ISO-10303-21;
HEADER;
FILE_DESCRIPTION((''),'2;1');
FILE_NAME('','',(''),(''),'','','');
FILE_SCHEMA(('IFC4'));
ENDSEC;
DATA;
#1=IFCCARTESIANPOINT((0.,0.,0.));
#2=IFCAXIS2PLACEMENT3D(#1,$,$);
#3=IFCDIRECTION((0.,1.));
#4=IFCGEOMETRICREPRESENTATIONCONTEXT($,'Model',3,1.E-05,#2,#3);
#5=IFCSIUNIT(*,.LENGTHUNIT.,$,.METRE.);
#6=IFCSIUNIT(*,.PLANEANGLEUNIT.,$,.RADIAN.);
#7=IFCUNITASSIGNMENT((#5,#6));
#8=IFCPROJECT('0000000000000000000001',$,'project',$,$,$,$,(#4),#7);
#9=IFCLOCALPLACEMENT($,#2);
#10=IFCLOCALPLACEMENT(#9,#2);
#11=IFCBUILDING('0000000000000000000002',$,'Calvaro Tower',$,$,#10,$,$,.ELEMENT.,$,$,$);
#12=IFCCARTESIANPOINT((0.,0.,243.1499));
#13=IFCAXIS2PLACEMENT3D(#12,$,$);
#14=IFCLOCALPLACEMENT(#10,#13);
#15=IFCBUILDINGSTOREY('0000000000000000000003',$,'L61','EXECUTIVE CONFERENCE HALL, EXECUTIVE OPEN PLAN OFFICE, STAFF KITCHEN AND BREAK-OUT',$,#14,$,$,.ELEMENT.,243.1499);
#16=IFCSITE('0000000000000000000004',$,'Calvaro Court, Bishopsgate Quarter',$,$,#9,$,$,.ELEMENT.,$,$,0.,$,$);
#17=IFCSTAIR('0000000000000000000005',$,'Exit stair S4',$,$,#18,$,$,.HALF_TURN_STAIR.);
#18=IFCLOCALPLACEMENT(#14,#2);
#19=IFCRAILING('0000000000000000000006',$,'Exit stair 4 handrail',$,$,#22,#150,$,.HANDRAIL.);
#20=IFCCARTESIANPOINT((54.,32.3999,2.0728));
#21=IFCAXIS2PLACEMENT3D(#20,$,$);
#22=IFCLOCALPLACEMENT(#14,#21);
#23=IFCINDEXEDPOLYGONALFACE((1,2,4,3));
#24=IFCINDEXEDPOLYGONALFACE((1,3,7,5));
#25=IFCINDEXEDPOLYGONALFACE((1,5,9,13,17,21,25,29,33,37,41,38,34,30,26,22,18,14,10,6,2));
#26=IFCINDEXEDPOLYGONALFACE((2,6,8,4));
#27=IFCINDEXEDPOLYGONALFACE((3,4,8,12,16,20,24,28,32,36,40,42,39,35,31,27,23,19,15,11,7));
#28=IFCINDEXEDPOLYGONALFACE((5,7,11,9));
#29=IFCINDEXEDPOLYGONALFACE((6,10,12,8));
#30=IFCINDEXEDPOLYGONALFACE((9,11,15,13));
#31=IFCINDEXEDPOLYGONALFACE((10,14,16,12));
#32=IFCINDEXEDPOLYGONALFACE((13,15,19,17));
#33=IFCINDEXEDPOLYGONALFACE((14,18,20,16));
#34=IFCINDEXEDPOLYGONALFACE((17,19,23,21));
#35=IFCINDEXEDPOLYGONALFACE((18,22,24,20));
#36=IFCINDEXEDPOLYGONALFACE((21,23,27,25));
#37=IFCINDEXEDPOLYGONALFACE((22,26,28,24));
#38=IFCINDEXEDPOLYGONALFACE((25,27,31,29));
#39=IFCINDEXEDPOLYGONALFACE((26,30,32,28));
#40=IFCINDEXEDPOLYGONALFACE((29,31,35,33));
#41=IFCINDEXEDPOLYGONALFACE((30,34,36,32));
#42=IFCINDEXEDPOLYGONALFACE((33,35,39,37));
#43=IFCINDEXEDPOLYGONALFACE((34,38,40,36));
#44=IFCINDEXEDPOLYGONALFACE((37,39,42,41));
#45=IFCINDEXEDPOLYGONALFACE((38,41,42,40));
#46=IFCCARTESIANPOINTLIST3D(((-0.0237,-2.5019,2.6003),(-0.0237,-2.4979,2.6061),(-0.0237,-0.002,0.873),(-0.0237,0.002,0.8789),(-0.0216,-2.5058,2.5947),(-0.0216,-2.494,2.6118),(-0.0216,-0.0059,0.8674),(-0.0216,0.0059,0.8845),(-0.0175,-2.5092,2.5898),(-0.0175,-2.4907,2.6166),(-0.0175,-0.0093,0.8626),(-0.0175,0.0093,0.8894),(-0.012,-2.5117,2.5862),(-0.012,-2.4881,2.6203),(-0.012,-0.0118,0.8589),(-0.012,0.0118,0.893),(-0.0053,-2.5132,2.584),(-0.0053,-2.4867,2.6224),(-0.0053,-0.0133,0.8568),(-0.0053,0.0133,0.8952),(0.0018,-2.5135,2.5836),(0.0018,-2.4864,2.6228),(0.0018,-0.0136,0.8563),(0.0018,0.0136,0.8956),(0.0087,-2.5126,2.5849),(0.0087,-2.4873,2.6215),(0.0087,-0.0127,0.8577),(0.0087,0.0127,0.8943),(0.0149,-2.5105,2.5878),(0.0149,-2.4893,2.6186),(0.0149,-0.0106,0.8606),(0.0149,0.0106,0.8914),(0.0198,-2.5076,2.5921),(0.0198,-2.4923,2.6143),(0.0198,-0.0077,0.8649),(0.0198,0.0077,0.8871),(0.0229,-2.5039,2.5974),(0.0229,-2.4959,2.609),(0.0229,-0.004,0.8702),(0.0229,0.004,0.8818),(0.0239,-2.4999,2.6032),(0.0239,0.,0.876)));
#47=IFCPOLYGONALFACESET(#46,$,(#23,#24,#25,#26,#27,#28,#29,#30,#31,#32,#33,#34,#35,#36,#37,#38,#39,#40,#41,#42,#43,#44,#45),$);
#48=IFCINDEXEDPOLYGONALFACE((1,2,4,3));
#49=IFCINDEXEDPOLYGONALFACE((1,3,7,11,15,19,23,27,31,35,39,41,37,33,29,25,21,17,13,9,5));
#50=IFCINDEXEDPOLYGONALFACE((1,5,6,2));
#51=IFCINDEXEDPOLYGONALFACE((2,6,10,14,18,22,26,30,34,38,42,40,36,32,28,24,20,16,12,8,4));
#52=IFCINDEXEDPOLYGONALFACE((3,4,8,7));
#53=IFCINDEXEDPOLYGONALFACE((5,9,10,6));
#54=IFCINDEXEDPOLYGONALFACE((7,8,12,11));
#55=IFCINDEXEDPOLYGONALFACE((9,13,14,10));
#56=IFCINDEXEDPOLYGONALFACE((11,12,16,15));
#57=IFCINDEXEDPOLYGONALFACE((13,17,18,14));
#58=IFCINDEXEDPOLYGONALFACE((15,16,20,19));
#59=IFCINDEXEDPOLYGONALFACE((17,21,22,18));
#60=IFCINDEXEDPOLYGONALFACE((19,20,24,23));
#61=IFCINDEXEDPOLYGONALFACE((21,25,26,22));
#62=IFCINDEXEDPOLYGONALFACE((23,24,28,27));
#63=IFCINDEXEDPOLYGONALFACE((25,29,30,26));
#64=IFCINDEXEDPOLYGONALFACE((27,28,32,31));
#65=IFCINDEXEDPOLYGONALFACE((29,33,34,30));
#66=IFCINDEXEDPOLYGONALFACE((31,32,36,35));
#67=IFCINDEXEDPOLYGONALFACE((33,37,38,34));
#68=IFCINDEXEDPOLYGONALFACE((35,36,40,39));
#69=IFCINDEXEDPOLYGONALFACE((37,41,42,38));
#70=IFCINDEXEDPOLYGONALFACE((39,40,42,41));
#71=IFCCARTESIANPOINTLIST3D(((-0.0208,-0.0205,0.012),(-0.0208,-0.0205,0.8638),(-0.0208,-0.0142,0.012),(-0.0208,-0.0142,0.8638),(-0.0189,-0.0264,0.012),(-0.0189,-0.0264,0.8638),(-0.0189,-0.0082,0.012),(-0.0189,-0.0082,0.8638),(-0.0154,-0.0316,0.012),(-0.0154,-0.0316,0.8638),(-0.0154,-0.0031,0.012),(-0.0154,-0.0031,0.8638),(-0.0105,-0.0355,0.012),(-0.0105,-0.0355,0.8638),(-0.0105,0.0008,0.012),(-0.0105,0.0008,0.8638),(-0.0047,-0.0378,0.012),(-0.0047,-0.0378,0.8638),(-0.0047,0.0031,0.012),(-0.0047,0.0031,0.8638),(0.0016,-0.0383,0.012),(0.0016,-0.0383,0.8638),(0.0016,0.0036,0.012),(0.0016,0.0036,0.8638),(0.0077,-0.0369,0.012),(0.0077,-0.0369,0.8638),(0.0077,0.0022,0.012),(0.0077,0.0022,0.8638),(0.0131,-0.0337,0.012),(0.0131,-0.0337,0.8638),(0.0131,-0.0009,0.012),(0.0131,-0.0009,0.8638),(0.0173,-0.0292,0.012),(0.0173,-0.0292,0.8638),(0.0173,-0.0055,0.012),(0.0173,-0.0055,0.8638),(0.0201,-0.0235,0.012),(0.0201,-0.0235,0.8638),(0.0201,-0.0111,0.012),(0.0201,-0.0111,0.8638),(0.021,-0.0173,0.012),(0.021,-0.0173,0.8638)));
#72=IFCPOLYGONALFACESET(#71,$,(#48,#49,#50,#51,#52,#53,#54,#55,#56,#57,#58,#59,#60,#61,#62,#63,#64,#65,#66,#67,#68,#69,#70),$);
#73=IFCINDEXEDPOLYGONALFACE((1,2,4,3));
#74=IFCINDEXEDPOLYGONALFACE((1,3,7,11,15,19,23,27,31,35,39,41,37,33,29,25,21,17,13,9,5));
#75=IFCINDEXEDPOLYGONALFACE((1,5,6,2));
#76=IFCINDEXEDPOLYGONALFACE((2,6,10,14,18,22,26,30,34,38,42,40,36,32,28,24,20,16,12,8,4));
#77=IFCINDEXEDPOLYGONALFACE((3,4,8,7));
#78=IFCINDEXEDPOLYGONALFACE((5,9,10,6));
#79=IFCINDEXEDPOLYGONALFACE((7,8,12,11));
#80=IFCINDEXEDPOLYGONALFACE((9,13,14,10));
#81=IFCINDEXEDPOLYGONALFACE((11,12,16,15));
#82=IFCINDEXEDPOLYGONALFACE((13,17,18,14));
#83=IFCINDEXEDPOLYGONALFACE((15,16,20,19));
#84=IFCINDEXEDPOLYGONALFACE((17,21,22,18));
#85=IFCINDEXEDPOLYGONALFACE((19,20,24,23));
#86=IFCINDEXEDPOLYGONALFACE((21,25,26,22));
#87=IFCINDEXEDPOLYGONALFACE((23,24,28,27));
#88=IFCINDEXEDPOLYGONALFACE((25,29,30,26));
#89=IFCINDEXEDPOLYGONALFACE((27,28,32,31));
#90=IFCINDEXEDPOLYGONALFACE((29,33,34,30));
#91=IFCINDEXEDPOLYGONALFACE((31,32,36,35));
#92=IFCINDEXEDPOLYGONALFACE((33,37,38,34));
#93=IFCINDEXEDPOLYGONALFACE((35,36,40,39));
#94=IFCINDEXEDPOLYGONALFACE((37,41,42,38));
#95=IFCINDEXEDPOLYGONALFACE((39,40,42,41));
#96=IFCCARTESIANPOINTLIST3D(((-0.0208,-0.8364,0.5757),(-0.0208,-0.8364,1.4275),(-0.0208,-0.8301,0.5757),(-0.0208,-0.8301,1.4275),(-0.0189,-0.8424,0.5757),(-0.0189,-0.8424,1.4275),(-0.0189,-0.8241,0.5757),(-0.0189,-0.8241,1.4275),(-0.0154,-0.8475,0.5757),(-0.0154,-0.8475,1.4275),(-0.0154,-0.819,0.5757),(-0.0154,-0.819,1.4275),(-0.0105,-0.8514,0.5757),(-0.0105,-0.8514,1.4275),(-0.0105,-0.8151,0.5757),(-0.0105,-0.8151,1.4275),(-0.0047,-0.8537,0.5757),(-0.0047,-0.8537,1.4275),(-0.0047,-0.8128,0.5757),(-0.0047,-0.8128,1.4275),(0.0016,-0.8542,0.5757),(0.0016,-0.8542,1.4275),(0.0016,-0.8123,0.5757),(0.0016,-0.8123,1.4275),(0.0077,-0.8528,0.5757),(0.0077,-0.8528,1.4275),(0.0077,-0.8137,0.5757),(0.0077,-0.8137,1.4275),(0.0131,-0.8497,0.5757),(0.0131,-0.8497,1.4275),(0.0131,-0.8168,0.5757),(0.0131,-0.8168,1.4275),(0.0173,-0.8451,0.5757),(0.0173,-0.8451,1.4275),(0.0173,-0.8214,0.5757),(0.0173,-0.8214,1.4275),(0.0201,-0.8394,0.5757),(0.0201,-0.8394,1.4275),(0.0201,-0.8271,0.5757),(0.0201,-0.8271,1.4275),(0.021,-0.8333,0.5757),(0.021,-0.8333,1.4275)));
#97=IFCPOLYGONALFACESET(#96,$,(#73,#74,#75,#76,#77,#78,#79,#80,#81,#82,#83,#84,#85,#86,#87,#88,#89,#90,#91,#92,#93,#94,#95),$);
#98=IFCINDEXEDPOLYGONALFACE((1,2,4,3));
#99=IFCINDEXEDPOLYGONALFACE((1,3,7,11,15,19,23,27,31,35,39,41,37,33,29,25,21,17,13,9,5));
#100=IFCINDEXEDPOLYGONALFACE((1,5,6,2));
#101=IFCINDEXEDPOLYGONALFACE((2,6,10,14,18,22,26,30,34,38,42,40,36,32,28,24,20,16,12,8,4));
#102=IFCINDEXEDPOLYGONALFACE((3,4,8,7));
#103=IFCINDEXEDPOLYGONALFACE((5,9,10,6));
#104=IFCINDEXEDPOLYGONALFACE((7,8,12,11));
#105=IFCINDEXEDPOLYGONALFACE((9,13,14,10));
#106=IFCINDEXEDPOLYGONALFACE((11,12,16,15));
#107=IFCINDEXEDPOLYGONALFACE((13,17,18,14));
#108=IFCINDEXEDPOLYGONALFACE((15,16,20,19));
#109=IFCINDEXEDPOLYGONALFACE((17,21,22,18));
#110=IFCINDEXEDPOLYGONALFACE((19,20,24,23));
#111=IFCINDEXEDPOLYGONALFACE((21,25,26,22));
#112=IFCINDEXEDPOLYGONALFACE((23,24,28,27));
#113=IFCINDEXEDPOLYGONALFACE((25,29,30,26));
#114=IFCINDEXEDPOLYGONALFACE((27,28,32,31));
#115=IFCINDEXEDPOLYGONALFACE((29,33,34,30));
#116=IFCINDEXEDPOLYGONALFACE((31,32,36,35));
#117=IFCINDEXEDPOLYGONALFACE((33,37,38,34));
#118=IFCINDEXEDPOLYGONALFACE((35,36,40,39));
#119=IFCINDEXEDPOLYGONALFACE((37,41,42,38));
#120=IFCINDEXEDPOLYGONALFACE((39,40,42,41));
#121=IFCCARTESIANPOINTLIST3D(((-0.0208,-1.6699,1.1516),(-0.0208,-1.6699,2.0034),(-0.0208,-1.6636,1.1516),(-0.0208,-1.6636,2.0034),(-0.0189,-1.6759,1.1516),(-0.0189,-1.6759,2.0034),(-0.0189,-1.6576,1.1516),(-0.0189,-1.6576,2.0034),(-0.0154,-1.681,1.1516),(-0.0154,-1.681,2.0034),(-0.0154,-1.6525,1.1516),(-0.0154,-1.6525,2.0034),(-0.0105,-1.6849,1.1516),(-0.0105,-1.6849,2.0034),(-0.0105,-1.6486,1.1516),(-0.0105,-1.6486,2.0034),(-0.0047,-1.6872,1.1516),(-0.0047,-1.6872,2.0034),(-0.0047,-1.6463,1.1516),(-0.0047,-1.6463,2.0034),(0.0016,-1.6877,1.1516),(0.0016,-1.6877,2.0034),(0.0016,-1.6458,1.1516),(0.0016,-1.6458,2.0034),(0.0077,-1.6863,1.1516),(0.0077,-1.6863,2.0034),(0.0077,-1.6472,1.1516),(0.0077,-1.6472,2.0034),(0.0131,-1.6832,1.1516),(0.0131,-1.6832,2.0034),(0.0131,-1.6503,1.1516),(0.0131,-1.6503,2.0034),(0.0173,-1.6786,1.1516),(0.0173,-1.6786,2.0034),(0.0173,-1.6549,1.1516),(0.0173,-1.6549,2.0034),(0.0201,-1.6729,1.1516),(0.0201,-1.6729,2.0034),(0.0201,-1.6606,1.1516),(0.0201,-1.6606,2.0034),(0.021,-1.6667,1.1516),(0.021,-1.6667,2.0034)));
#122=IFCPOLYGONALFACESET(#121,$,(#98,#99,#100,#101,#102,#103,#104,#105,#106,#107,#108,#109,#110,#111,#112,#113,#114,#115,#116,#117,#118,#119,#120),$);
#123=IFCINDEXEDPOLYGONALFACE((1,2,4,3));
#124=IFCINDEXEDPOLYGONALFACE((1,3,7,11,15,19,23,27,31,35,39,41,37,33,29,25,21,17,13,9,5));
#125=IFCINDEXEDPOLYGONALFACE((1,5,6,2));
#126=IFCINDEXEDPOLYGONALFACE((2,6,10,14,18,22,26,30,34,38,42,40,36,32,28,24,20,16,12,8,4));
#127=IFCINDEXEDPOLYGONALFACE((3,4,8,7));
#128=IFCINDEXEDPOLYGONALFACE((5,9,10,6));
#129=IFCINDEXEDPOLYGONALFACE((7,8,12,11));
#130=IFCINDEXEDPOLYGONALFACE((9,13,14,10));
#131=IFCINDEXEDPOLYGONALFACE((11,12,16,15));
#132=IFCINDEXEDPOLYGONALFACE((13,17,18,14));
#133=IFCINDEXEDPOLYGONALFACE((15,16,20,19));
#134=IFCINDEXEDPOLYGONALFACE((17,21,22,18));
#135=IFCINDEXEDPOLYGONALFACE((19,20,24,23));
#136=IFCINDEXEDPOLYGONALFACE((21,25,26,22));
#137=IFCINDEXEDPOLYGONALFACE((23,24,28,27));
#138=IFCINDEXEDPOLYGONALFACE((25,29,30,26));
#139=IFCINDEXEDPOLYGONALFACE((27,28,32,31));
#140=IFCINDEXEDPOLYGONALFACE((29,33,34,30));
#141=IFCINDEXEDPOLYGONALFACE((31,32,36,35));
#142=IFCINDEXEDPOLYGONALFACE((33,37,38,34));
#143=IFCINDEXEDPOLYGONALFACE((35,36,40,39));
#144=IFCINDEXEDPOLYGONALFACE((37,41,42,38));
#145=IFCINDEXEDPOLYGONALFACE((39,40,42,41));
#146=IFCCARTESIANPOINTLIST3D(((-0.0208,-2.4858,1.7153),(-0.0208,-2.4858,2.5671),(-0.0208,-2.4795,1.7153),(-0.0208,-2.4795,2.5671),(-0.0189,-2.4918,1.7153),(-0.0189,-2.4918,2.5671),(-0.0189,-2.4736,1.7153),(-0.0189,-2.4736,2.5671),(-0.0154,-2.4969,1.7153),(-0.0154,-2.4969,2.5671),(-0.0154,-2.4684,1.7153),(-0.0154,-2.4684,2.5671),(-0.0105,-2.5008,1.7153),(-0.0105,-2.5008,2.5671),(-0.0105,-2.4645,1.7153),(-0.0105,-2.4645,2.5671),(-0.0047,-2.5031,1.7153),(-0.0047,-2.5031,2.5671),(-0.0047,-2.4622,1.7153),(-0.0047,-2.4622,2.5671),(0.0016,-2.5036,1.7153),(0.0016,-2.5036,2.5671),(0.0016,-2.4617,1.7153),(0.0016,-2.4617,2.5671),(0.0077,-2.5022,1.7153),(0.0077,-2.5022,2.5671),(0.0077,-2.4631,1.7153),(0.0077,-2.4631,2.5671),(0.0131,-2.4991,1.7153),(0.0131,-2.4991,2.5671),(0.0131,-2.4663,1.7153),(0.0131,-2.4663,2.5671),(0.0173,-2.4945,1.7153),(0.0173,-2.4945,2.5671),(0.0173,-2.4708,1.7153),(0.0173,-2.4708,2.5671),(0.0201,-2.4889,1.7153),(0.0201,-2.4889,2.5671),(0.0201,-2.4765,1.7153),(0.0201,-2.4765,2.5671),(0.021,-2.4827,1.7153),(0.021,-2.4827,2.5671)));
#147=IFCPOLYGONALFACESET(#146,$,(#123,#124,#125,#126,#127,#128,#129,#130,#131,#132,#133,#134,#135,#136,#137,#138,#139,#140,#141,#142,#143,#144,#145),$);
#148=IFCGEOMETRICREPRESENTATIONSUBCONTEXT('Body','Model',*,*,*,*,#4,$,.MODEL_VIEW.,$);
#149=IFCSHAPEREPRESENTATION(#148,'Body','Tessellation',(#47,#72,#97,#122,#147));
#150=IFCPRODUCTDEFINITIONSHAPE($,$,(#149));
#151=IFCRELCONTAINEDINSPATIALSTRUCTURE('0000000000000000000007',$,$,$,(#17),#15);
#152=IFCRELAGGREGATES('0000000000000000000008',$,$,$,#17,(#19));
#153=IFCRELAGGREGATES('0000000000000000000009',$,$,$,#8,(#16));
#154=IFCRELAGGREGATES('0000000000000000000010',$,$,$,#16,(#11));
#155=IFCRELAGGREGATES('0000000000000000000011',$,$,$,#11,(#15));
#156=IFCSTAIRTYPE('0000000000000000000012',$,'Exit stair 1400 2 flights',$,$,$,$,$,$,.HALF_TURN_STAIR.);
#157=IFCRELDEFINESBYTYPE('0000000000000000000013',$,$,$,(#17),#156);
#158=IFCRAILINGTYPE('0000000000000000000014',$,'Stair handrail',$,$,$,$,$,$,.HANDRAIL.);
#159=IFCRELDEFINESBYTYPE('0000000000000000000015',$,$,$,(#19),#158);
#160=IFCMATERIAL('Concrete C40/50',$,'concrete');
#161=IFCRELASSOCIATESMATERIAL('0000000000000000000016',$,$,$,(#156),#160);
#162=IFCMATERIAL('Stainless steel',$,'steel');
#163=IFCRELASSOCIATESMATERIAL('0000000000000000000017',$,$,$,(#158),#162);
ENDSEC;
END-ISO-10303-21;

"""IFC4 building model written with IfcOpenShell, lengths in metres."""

from ifc_helpers import new_model, si_unit, direction, frame, origin, origin_2d, place, context, subcontext, project, spatial, circle, extrude, material, type_object, element, aggregate, save


model = new_model("IFC4")

# Units and contexts
model_context = context("Model", 3, precision=1e-05, world=origin(), true_north=direction((0.0, 1.0)))
body_context = subcontext(model_context, "Body", "Model", "MODEL_VIEW")
ifc_project = project(units=[si_unit("LENGTHUNIT", "METRE"), si_unit("PLANEANGLEUNIT", "RADIAN")], contexts=[model_context])

# Site, building, storey
site_placement = place(None, origin())
site = spatial("IfcSite", under=ifc_project, at=site_placement, Name="Calvaro Court, Bishopsgate Quarter", CompositionType="ELEMENT", RefElevation=0.0)
building_placement = place(site_placement, origin())
building = spatial("IfcBuilding", under=site, at=building_placement, Name="Calvaro Tower", CompositionType="ELEMENT")
storey_placement = place(building_placement, frame((0.0, 0.0, 243.1499)))
storey = spatial("IfcBuildingStorey", under=building, at=storey_placement, Name="L61", Description="EXECUTIVE CONFERENCE HALL, EXECUTIVE OPEN PLAN OFFICE, STAFF KITCHEN AND BREAK-OUT", CompositionType="ELEMENT", Elevation=243.1499)

# Stair, railing
ifc_material_1 = material(Name="Concrete C40/50", Category="concrete")
stair_type = type_object("IfcStairType", Name="Exit stair 1400 2 flights", PredefinedType="HALF_TURN_STAIR", material=ifc_material_1)
stair_placement = place(storey_placement, origin())
stair = element("IfcStair", 1, at=stair_placement, inside=storey, type_object=stair_type, Name="Exit stair S4", PredefinedType="HALF_TURN_STAIR")
ifc_material_2 = material(Name="Stainless steel", Category="steel")
railing_type = type_object("IfcRailingType", Name="Stair handrail", PredefinedType="HANDRAIL", material=ifc_material_2)
railing_placement = place(storey_placement, frame((54.0, 32.3999, 2.0728)))
railing = element("IfcRailing", 2, at=railing_placement, type_object=railing_type, Name="Exit stair 4 handrail", PredefinedType="HANDRAIL", context=body_context, shape_type="SweptSolid", body=[
    extrude(circle(Radius=0.0239, at=origin_2d()), frame((0.0, 0.0, 0.876), z_axis=(0.0, -0.822727, 0.568437), x_axis=(1.0, 0.0, 0.0)), (0.0, 0.0, 1.0), 3.0386),
    extrude(circle(Radius=0.021, at=origin_2d()), frame((0.0, -0.0173, 0.012)), (0.0, 0.0, 1.0), 0.8518),
    extrude(circle(Radius=0.021, at=origin_2d()), frame((0.0, -0.8333, 0.5757)), (0.0, 0.0, 1.0), 0.8518),
    extrude(circle(Radius=0.021, at=origin_2d()), frame((0.0, -1.6667, 1.1516)), (0.0, 0.0, 1.0), 0.8518),
    extrude(circle(Radius=0.021, at=origin_2d()), frame((0.0, -2.4827, 1.7153)), (0.0, 0.0, 1.0), 0.8518),
])
aggregate(stair, [railing])

save(model, "model.ifc")
